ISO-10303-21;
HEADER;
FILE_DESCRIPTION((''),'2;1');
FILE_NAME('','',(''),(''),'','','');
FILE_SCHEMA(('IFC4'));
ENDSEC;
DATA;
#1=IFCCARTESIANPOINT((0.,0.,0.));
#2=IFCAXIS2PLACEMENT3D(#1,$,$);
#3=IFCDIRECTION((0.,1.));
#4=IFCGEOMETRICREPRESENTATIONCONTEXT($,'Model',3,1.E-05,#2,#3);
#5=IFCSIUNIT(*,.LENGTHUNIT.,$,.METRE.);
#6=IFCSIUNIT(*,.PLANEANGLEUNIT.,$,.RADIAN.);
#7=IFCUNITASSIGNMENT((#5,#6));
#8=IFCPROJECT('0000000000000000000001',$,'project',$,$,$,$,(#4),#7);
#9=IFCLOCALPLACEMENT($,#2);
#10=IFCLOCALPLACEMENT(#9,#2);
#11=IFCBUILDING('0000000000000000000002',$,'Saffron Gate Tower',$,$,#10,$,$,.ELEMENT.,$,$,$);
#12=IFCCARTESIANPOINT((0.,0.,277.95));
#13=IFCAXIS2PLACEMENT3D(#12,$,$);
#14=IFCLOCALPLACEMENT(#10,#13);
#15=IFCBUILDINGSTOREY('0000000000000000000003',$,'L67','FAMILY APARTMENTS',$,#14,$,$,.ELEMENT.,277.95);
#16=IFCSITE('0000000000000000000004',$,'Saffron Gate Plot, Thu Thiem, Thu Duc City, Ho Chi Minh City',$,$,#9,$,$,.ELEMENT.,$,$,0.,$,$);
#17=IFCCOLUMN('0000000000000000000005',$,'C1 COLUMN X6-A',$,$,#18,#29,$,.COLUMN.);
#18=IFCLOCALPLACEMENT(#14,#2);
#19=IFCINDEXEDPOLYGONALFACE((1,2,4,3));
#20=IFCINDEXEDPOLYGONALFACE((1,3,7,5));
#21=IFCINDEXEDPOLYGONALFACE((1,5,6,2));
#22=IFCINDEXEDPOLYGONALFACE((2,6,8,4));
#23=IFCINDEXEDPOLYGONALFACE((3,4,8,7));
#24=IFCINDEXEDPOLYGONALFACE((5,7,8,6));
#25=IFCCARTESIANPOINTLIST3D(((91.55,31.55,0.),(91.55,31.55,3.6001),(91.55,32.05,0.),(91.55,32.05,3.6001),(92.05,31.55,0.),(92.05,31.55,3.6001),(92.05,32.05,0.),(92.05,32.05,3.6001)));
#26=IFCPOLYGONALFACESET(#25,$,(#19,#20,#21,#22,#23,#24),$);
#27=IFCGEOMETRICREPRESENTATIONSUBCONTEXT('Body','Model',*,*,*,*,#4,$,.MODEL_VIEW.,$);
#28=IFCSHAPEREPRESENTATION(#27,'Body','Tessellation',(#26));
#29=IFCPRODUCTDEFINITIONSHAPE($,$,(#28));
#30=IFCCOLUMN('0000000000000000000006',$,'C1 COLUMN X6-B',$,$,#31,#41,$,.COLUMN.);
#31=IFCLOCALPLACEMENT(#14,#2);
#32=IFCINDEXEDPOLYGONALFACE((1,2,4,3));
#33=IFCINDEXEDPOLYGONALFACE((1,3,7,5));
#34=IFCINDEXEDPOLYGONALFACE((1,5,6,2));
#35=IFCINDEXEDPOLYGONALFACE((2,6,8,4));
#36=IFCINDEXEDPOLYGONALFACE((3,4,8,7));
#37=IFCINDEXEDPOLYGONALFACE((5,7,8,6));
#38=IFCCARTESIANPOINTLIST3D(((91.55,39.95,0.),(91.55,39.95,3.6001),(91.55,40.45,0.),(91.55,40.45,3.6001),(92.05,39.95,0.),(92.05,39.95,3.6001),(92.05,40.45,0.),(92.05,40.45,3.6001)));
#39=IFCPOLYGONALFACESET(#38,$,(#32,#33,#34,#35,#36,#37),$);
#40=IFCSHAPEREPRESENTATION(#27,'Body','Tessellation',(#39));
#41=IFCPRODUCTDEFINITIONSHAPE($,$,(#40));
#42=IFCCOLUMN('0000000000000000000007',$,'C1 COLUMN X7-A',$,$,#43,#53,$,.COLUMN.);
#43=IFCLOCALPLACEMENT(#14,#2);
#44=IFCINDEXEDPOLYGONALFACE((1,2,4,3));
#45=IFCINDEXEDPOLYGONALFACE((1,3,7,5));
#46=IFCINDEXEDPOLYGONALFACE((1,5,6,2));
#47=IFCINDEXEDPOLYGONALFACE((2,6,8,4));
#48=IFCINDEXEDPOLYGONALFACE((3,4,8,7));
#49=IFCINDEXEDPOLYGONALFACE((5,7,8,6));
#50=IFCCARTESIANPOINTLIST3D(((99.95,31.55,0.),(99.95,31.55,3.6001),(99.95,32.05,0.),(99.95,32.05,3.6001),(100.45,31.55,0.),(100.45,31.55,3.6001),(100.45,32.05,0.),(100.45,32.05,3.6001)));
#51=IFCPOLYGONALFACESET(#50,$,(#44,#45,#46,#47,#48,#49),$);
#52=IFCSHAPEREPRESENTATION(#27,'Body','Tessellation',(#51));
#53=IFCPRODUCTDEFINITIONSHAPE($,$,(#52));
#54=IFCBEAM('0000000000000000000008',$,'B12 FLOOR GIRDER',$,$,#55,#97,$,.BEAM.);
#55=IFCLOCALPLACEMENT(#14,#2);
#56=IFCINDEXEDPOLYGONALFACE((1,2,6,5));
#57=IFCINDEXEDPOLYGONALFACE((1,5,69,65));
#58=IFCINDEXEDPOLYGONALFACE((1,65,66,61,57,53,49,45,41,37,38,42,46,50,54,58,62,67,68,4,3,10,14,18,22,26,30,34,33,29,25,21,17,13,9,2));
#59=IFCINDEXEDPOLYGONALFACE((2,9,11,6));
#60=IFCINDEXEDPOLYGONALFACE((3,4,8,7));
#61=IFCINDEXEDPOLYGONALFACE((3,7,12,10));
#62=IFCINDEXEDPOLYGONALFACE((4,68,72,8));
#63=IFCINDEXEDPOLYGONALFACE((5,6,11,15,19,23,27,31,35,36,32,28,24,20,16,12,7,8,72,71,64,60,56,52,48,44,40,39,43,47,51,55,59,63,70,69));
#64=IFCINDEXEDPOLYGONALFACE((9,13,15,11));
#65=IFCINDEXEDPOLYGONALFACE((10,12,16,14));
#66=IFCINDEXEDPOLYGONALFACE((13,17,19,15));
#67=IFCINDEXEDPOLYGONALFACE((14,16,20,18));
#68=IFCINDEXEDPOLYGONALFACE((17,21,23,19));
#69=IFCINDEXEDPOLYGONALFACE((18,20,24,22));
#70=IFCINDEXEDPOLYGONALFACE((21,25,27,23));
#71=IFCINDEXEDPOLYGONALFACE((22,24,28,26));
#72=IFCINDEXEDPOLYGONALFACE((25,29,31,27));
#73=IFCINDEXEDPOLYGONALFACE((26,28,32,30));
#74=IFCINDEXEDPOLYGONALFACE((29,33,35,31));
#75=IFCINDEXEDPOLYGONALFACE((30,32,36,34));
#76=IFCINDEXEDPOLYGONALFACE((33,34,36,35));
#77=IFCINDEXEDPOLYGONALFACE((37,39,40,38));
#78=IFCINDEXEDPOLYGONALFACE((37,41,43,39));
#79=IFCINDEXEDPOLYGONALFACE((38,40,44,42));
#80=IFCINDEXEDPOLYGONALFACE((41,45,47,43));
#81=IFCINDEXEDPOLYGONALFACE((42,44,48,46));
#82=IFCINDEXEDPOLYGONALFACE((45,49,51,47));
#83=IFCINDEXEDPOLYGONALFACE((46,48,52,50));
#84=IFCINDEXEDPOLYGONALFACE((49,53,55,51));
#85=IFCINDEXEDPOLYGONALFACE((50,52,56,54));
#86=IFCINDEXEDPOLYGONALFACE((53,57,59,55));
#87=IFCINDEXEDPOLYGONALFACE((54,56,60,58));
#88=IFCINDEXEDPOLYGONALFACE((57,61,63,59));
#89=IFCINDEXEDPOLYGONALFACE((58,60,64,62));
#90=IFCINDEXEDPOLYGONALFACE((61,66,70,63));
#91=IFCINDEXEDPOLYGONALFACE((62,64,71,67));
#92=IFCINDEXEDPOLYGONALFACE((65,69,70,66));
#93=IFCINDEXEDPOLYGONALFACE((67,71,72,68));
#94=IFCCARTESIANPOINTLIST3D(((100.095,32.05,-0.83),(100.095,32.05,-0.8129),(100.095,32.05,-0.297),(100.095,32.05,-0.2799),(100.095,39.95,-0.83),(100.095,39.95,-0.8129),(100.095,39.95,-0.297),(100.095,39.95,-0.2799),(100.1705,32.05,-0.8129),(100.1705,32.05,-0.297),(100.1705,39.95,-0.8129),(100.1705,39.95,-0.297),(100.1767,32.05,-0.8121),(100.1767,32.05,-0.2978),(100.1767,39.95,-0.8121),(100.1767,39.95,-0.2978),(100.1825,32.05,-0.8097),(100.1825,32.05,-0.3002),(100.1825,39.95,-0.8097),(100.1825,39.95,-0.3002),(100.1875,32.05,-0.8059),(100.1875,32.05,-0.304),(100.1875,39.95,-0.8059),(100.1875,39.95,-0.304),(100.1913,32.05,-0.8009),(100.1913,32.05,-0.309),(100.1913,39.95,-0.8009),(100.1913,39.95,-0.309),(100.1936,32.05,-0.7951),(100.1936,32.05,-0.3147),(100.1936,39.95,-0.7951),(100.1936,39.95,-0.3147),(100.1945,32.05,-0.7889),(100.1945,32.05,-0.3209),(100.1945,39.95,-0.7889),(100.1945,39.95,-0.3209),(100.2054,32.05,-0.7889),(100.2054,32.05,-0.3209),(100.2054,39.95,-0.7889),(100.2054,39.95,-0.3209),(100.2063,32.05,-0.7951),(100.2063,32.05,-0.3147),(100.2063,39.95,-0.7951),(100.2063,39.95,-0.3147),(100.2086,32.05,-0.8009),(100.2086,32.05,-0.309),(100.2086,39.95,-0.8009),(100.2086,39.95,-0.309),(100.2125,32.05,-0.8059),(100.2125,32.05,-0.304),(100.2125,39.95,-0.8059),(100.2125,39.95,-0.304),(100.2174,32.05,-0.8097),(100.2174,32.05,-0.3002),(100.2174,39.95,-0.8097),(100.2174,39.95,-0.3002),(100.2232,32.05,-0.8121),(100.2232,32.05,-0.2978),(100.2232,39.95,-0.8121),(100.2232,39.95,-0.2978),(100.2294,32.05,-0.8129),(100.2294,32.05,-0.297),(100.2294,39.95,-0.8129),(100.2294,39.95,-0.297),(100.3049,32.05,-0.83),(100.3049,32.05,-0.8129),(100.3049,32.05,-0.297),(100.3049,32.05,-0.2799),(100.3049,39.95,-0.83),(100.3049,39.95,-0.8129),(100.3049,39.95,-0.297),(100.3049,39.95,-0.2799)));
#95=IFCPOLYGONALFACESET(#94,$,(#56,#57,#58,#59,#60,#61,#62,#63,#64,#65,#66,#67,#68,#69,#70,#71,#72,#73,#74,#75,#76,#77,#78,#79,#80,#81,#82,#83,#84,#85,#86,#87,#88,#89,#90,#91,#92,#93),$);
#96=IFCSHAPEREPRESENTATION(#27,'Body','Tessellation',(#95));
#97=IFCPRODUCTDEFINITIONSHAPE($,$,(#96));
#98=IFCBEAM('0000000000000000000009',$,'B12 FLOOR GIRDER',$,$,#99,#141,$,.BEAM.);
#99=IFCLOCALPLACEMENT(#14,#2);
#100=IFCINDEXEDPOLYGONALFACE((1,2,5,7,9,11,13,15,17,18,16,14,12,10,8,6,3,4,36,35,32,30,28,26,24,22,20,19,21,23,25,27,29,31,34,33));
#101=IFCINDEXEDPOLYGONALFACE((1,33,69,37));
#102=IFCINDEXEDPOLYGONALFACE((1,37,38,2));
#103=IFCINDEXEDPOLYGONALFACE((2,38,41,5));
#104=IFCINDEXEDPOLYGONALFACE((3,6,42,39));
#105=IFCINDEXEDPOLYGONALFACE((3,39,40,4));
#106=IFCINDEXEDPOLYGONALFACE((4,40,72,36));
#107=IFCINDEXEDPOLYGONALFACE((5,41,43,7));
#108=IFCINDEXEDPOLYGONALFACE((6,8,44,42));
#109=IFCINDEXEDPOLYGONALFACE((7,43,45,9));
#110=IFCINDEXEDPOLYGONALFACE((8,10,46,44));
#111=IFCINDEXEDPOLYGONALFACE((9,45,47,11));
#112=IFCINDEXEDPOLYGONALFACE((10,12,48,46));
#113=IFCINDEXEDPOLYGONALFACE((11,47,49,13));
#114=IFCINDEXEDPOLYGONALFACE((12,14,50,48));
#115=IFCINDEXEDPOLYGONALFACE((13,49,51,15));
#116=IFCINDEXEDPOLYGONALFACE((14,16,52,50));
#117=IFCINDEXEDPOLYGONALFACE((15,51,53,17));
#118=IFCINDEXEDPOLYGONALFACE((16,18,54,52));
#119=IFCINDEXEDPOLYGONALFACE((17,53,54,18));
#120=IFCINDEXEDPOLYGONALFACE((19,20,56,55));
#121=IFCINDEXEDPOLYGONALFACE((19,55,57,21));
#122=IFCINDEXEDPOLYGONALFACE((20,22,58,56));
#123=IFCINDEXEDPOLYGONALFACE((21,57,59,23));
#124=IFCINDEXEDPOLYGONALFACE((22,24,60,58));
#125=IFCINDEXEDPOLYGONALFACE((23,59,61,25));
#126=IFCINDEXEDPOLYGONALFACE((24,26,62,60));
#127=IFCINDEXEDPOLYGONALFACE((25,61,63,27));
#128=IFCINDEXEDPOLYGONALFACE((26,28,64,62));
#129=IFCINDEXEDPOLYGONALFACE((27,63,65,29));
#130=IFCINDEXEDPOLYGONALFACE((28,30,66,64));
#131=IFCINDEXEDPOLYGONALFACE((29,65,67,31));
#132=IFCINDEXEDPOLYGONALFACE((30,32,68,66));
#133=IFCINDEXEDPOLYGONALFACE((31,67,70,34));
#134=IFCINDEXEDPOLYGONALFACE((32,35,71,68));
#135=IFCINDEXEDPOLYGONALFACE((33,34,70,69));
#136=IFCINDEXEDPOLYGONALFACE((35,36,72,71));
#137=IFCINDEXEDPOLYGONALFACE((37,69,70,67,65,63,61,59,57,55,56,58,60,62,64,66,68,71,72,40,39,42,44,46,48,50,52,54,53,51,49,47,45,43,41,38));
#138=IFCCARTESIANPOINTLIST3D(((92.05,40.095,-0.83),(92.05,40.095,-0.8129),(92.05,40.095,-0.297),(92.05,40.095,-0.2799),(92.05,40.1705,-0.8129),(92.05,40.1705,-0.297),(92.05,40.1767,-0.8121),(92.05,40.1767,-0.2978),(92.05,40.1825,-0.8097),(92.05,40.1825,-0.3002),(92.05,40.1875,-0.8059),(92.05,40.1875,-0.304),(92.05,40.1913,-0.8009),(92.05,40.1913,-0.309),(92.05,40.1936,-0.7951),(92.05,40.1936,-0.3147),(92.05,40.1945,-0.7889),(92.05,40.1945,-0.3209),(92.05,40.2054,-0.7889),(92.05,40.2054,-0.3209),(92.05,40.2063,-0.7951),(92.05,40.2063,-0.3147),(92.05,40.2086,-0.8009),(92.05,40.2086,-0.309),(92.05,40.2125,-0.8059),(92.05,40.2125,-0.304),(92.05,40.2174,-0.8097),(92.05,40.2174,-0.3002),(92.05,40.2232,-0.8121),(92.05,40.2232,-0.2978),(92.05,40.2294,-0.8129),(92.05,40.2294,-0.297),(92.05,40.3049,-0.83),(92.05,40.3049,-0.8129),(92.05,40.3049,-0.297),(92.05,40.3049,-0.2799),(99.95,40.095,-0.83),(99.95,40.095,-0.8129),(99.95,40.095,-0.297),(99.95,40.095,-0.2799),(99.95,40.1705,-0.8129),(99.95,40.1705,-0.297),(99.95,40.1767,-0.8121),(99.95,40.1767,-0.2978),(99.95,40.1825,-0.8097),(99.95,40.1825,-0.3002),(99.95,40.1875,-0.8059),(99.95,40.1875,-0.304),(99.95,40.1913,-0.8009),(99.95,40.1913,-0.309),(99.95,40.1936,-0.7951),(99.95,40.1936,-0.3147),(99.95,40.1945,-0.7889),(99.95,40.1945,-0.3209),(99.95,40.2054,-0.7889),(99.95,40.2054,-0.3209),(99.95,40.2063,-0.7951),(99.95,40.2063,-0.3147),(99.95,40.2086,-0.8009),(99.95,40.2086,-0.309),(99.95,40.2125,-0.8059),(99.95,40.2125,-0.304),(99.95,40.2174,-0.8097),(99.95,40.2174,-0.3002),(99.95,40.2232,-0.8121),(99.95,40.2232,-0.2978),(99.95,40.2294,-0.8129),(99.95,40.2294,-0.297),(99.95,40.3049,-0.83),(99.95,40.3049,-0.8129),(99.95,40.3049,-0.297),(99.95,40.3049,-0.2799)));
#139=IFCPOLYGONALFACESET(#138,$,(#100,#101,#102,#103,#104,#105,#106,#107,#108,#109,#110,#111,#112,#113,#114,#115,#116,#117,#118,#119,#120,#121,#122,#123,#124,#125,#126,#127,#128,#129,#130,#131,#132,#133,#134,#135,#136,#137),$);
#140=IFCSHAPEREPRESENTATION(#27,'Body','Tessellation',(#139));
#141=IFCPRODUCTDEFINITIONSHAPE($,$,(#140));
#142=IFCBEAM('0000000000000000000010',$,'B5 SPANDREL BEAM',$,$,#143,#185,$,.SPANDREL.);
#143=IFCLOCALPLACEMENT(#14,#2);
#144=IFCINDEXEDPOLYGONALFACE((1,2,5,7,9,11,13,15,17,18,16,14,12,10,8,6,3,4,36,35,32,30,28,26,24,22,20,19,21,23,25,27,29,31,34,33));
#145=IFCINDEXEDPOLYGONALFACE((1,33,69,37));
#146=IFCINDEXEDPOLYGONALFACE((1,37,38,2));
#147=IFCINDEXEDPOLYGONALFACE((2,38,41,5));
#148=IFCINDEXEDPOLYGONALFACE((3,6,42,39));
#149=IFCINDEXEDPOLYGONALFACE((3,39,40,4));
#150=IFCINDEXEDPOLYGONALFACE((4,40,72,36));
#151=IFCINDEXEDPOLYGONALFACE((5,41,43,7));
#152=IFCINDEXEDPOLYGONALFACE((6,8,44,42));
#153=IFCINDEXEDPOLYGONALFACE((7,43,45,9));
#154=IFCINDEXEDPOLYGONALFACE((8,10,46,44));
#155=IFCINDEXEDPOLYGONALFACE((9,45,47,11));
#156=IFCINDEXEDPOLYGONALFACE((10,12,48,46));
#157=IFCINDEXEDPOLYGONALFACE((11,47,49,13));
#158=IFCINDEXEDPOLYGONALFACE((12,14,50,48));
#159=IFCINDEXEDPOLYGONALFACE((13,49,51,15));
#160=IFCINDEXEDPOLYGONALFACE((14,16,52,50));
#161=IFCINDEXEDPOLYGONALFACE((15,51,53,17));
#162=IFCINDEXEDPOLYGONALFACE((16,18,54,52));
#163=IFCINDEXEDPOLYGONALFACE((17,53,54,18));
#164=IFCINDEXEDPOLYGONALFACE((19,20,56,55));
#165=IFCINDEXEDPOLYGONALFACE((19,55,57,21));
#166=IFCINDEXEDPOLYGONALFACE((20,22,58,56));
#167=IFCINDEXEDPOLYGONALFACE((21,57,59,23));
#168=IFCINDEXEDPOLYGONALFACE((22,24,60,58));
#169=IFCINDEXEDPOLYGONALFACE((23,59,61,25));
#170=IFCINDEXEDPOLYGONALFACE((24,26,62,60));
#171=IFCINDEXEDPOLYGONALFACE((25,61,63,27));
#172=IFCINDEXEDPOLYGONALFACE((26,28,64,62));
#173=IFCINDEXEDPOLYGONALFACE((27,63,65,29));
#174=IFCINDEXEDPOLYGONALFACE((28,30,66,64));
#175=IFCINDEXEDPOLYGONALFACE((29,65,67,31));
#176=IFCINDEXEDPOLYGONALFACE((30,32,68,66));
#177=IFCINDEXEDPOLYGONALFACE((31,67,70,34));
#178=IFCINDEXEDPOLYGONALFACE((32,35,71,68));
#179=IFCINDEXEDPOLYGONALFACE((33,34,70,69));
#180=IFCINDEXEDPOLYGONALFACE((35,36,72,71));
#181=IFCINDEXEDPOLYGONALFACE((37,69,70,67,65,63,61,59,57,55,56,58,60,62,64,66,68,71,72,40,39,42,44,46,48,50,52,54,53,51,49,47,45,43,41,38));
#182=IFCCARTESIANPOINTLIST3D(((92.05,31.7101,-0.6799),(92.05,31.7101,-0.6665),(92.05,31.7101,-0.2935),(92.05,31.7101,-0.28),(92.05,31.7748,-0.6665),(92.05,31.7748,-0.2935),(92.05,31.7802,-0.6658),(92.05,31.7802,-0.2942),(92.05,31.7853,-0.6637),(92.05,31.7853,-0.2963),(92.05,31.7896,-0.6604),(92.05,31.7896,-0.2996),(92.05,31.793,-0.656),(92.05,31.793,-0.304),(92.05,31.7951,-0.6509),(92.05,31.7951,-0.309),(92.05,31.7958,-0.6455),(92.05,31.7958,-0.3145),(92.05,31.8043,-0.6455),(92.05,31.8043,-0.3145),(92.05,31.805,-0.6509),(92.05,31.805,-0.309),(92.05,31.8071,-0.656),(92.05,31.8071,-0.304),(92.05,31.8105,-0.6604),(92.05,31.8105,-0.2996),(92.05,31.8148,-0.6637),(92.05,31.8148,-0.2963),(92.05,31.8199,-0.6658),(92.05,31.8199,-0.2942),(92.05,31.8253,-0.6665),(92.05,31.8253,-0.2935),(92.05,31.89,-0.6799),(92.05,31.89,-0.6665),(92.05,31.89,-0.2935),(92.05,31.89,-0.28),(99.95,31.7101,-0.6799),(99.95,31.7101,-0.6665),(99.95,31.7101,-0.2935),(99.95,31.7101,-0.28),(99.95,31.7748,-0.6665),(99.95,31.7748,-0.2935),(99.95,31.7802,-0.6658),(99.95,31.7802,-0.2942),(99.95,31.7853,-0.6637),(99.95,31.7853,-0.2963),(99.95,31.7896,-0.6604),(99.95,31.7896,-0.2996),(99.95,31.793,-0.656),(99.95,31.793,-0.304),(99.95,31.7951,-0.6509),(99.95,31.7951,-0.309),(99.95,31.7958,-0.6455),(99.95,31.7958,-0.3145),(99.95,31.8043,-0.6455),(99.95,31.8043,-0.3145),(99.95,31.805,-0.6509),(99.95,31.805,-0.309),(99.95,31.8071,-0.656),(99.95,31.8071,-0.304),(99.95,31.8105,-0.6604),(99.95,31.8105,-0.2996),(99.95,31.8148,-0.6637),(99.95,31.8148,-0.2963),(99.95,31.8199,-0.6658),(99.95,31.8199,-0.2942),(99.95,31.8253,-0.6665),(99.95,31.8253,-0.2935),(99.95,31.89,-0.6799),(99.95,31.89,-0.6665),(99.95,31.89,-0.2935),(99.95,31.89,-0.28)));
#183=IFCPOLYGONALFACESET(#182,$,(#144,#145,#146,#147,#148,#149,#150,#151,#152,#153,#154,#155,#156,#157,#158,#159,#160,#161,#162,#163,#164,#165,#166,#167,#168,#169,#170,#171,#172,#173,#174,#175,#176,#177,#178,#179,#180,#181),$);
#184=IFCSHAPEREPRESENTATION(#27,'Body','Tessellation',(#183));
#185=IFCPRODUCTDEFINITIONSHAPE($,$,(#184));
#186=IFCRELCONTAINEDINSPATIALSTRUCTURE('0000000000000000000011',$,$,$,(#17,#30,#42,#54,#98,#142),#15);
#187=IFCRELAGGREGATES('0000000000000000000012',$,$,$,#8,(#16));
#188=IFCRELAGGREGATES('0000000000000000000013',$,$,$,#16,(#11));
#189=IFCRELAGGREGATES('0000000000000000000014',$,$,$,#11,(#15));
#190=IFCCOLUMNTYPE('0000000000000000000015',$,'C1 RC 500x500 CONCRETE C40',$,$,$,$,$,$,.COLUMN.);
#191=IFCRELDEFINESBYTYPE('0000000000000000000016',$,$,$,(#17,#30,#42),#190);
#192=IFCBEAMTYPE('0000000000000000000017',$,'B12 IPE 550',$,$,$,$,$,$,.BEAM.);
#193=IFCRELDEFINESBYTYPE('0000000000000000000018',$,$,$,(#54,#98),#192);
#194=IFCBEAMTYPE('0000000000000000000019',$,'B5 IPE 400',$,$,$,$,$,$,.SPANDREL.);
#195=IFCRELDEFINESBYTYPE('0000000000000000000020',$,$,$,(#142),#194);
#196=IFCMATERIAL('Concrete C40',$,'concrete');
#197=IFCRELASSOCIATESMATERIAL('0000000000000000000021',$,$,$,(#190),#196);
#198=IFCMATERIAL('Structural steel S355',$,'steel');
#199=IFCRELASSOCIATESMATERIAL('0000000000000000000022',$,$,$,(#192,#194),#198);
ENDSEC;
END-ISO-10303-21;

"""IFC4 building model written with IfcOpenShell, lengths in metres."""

from ifc_helpers import new_model, si_unit, direction, frame, origin, origin_2d, place, context, subcontext, project, spatial, rectangle, i_section, extrude, material, material_profile, profile_set, type_object, element, save


model = new_model("IFC4")

# Units and contexts
model_context = context("Model", 3, precision=1e-05, world=origin(), true_north=direction((0.0, 1.0)))
body_context = subcontext(model_context, "Body", "Model", "MODEL_VIEW")
ifc_project = project(units=[si_unit("LENGTHUNIT", "METRE"), si_unit("PLANEANGLEUNIT", "RADIAN")], contexts=[model_context])

# Site, building, storey
site_placement = place(None, origin())
site = spatial("IfcSite", under=ifc_project, at=site_placement, Name="Saffron Gate Plot, Thu Thiem, Thu Duc City, Ho Chi Minh City", CompositionType="ELEMENT", RefElevation=0.0)
building_placement = place(site_placement, origin())
building = spatial("IfcBuilding", under=site, at=building_placement, Name="Saffron Gate Tower", CompositionType="ELEMENT")
storey_placement = place(building_placement, frame((0.0, 0.0, 277.95)))
storey = spatial("IfcBuildingStorey", under=building, at=storey_placement, Name="L67", Description="FAMILY APARTMENTS", CompositionType="ELEMENT", Elevation=277.95)

# Columns
ifc_material_1 = material(Name="Concrete C40", Category="concrete")
ifc_material_profile_1 = material_profile(ifc_material_1, rectangle(XDim=0.5, YDim=0.5, at=origin_2d()))
ifc_profile_set_1 = profile_set([ifc_material_profile_1], Name="Concrete C40")
column_type = type_object("IfcColumnType", Name="C1 RC 500x500 CONCRETE C40", PredefinedType="COLUMN", material=ifc_profile_set_1)
for number, where, z_axis, x_axis, name in (
    (1, (91.8, 31.8, 0.0), (0.0, 0.0, 1.0), (1.0, 0.0, 0.0), "C1 COLUMN X6-A"),
    (2, (91.8, 40.2, 0.0), (0.0, 0.0, 1.0), (1.0, 0.0, 0.0), "C1 COLUMN X6-B"),
    (3, (100.2, 31.8, 0.0), (0.0, 0.0, 1.0), (1.0, 0.0, 0.0), "C1 COLUMN X7-A"),
):
    element("IfcColumn", number, at=place(storey_placement, frame(where, z_axis=z_axis, x_axis=x_axis)), inside=storey, type_object=column_type, Name=name, PredefinedType="COLUMN", context=body_context, shape_type="SweptSolid", body=[
        extrude(rectangle(XDim=0.5, YDim=0.5, at=origin_2d()), origin(), (0.0, 0.0, 1.0), 3.6001),
    ])

# Beams
ifc_material_2 = material(Name="Structural steel S355", Category="steel")
ifc_material_profile_2 = material_profile(ifc_material_2, i_section(OverallWidth=0.21, OverallDepth=0.55, WebThickness=0.011, FlangeThickness=0.0171, FilletRadius=0.0239, at=origin_2d()))
ifc_profile_set_2 = profile_set([ifc_material_profile_2], Name="Structural steel S355")
beam_type_1 = type_object("IfcBeamType", Name="B12 IPE 550", PredefinedType="BEAM", material=ifc_profile_set_2)
for number, where, z_axis, x_axis, name in (
    (4, (100.2, 32.05, -0.5549), (0.0, 1.0, 0.0), (-1.0, 0.0, 0.0), "B12 FLOOR GIRDER"),
    (5, (92.05, 40.2, -0.5549), (1.0, 0.0, 0.0), (0.0, 1.0, 0.0), "B12 FLOOR GIRDER"),
):
    element("IfcBeam", number, at=place(storey_placement, frame(where, z_axis=z_axis, x_axis=x_axis)), inside=storey, type_object=beam_type_1, Name=name, PredefinedType="BEAM", context=body_context, shape_type="SweptSolid", body=[
        extrude(i_section(OverallWidth=0.21, OverallDepth=0.55, WebThickness=0.011, FlangeThickness=0.0171, FilletRadius=0.0239, at=origin_2d()), origin(), (0.0, 0.0, 1.0), 7.8999),
    ])
ifc_material_profile_3 = material_profile(ifc_material_2, i_section(OverallWidth=0.1799, OverallDepth=0.3999, WebThickness=0.0085, FlangeThickness=0.0134, FilletRadius=0.021, at=origin_2d()))
ifc_profile_set_3 = profile_set([ifc_material_profile_3], Name="Structural steel S355")
beam_type_2 = type_object("IfcBeamType", Name="B5 IPE 400", PredefinedType="SPANDREL", material=ifc_profile_set_3)
beam_placement = place(storey_placement, frame((92.05, 31.8, -0.48), z_axis=(1.0, 0.0, 0.0), x_axis=(0.0, 1.0, 0.0)))
element("IfcBeam", 6, at=beam_placement, inside=storey, type_object=beam_type_2, Name="B5 SPANDREL BEAM", PredefinedType="SPANDREL", context=body_context, shape_type="SweptSolid", body=[
    extrude(i_section(OverallWidth=0.1799, OverallDepth=0.3999, WebThickness=0.0085, FlangeThickness=0.0134, FilletRadius=0.021, at=origin_2d()), origin(), (0.0, 0.0, 1.0), 7.8999),
])

save(model, "model.ifc")
